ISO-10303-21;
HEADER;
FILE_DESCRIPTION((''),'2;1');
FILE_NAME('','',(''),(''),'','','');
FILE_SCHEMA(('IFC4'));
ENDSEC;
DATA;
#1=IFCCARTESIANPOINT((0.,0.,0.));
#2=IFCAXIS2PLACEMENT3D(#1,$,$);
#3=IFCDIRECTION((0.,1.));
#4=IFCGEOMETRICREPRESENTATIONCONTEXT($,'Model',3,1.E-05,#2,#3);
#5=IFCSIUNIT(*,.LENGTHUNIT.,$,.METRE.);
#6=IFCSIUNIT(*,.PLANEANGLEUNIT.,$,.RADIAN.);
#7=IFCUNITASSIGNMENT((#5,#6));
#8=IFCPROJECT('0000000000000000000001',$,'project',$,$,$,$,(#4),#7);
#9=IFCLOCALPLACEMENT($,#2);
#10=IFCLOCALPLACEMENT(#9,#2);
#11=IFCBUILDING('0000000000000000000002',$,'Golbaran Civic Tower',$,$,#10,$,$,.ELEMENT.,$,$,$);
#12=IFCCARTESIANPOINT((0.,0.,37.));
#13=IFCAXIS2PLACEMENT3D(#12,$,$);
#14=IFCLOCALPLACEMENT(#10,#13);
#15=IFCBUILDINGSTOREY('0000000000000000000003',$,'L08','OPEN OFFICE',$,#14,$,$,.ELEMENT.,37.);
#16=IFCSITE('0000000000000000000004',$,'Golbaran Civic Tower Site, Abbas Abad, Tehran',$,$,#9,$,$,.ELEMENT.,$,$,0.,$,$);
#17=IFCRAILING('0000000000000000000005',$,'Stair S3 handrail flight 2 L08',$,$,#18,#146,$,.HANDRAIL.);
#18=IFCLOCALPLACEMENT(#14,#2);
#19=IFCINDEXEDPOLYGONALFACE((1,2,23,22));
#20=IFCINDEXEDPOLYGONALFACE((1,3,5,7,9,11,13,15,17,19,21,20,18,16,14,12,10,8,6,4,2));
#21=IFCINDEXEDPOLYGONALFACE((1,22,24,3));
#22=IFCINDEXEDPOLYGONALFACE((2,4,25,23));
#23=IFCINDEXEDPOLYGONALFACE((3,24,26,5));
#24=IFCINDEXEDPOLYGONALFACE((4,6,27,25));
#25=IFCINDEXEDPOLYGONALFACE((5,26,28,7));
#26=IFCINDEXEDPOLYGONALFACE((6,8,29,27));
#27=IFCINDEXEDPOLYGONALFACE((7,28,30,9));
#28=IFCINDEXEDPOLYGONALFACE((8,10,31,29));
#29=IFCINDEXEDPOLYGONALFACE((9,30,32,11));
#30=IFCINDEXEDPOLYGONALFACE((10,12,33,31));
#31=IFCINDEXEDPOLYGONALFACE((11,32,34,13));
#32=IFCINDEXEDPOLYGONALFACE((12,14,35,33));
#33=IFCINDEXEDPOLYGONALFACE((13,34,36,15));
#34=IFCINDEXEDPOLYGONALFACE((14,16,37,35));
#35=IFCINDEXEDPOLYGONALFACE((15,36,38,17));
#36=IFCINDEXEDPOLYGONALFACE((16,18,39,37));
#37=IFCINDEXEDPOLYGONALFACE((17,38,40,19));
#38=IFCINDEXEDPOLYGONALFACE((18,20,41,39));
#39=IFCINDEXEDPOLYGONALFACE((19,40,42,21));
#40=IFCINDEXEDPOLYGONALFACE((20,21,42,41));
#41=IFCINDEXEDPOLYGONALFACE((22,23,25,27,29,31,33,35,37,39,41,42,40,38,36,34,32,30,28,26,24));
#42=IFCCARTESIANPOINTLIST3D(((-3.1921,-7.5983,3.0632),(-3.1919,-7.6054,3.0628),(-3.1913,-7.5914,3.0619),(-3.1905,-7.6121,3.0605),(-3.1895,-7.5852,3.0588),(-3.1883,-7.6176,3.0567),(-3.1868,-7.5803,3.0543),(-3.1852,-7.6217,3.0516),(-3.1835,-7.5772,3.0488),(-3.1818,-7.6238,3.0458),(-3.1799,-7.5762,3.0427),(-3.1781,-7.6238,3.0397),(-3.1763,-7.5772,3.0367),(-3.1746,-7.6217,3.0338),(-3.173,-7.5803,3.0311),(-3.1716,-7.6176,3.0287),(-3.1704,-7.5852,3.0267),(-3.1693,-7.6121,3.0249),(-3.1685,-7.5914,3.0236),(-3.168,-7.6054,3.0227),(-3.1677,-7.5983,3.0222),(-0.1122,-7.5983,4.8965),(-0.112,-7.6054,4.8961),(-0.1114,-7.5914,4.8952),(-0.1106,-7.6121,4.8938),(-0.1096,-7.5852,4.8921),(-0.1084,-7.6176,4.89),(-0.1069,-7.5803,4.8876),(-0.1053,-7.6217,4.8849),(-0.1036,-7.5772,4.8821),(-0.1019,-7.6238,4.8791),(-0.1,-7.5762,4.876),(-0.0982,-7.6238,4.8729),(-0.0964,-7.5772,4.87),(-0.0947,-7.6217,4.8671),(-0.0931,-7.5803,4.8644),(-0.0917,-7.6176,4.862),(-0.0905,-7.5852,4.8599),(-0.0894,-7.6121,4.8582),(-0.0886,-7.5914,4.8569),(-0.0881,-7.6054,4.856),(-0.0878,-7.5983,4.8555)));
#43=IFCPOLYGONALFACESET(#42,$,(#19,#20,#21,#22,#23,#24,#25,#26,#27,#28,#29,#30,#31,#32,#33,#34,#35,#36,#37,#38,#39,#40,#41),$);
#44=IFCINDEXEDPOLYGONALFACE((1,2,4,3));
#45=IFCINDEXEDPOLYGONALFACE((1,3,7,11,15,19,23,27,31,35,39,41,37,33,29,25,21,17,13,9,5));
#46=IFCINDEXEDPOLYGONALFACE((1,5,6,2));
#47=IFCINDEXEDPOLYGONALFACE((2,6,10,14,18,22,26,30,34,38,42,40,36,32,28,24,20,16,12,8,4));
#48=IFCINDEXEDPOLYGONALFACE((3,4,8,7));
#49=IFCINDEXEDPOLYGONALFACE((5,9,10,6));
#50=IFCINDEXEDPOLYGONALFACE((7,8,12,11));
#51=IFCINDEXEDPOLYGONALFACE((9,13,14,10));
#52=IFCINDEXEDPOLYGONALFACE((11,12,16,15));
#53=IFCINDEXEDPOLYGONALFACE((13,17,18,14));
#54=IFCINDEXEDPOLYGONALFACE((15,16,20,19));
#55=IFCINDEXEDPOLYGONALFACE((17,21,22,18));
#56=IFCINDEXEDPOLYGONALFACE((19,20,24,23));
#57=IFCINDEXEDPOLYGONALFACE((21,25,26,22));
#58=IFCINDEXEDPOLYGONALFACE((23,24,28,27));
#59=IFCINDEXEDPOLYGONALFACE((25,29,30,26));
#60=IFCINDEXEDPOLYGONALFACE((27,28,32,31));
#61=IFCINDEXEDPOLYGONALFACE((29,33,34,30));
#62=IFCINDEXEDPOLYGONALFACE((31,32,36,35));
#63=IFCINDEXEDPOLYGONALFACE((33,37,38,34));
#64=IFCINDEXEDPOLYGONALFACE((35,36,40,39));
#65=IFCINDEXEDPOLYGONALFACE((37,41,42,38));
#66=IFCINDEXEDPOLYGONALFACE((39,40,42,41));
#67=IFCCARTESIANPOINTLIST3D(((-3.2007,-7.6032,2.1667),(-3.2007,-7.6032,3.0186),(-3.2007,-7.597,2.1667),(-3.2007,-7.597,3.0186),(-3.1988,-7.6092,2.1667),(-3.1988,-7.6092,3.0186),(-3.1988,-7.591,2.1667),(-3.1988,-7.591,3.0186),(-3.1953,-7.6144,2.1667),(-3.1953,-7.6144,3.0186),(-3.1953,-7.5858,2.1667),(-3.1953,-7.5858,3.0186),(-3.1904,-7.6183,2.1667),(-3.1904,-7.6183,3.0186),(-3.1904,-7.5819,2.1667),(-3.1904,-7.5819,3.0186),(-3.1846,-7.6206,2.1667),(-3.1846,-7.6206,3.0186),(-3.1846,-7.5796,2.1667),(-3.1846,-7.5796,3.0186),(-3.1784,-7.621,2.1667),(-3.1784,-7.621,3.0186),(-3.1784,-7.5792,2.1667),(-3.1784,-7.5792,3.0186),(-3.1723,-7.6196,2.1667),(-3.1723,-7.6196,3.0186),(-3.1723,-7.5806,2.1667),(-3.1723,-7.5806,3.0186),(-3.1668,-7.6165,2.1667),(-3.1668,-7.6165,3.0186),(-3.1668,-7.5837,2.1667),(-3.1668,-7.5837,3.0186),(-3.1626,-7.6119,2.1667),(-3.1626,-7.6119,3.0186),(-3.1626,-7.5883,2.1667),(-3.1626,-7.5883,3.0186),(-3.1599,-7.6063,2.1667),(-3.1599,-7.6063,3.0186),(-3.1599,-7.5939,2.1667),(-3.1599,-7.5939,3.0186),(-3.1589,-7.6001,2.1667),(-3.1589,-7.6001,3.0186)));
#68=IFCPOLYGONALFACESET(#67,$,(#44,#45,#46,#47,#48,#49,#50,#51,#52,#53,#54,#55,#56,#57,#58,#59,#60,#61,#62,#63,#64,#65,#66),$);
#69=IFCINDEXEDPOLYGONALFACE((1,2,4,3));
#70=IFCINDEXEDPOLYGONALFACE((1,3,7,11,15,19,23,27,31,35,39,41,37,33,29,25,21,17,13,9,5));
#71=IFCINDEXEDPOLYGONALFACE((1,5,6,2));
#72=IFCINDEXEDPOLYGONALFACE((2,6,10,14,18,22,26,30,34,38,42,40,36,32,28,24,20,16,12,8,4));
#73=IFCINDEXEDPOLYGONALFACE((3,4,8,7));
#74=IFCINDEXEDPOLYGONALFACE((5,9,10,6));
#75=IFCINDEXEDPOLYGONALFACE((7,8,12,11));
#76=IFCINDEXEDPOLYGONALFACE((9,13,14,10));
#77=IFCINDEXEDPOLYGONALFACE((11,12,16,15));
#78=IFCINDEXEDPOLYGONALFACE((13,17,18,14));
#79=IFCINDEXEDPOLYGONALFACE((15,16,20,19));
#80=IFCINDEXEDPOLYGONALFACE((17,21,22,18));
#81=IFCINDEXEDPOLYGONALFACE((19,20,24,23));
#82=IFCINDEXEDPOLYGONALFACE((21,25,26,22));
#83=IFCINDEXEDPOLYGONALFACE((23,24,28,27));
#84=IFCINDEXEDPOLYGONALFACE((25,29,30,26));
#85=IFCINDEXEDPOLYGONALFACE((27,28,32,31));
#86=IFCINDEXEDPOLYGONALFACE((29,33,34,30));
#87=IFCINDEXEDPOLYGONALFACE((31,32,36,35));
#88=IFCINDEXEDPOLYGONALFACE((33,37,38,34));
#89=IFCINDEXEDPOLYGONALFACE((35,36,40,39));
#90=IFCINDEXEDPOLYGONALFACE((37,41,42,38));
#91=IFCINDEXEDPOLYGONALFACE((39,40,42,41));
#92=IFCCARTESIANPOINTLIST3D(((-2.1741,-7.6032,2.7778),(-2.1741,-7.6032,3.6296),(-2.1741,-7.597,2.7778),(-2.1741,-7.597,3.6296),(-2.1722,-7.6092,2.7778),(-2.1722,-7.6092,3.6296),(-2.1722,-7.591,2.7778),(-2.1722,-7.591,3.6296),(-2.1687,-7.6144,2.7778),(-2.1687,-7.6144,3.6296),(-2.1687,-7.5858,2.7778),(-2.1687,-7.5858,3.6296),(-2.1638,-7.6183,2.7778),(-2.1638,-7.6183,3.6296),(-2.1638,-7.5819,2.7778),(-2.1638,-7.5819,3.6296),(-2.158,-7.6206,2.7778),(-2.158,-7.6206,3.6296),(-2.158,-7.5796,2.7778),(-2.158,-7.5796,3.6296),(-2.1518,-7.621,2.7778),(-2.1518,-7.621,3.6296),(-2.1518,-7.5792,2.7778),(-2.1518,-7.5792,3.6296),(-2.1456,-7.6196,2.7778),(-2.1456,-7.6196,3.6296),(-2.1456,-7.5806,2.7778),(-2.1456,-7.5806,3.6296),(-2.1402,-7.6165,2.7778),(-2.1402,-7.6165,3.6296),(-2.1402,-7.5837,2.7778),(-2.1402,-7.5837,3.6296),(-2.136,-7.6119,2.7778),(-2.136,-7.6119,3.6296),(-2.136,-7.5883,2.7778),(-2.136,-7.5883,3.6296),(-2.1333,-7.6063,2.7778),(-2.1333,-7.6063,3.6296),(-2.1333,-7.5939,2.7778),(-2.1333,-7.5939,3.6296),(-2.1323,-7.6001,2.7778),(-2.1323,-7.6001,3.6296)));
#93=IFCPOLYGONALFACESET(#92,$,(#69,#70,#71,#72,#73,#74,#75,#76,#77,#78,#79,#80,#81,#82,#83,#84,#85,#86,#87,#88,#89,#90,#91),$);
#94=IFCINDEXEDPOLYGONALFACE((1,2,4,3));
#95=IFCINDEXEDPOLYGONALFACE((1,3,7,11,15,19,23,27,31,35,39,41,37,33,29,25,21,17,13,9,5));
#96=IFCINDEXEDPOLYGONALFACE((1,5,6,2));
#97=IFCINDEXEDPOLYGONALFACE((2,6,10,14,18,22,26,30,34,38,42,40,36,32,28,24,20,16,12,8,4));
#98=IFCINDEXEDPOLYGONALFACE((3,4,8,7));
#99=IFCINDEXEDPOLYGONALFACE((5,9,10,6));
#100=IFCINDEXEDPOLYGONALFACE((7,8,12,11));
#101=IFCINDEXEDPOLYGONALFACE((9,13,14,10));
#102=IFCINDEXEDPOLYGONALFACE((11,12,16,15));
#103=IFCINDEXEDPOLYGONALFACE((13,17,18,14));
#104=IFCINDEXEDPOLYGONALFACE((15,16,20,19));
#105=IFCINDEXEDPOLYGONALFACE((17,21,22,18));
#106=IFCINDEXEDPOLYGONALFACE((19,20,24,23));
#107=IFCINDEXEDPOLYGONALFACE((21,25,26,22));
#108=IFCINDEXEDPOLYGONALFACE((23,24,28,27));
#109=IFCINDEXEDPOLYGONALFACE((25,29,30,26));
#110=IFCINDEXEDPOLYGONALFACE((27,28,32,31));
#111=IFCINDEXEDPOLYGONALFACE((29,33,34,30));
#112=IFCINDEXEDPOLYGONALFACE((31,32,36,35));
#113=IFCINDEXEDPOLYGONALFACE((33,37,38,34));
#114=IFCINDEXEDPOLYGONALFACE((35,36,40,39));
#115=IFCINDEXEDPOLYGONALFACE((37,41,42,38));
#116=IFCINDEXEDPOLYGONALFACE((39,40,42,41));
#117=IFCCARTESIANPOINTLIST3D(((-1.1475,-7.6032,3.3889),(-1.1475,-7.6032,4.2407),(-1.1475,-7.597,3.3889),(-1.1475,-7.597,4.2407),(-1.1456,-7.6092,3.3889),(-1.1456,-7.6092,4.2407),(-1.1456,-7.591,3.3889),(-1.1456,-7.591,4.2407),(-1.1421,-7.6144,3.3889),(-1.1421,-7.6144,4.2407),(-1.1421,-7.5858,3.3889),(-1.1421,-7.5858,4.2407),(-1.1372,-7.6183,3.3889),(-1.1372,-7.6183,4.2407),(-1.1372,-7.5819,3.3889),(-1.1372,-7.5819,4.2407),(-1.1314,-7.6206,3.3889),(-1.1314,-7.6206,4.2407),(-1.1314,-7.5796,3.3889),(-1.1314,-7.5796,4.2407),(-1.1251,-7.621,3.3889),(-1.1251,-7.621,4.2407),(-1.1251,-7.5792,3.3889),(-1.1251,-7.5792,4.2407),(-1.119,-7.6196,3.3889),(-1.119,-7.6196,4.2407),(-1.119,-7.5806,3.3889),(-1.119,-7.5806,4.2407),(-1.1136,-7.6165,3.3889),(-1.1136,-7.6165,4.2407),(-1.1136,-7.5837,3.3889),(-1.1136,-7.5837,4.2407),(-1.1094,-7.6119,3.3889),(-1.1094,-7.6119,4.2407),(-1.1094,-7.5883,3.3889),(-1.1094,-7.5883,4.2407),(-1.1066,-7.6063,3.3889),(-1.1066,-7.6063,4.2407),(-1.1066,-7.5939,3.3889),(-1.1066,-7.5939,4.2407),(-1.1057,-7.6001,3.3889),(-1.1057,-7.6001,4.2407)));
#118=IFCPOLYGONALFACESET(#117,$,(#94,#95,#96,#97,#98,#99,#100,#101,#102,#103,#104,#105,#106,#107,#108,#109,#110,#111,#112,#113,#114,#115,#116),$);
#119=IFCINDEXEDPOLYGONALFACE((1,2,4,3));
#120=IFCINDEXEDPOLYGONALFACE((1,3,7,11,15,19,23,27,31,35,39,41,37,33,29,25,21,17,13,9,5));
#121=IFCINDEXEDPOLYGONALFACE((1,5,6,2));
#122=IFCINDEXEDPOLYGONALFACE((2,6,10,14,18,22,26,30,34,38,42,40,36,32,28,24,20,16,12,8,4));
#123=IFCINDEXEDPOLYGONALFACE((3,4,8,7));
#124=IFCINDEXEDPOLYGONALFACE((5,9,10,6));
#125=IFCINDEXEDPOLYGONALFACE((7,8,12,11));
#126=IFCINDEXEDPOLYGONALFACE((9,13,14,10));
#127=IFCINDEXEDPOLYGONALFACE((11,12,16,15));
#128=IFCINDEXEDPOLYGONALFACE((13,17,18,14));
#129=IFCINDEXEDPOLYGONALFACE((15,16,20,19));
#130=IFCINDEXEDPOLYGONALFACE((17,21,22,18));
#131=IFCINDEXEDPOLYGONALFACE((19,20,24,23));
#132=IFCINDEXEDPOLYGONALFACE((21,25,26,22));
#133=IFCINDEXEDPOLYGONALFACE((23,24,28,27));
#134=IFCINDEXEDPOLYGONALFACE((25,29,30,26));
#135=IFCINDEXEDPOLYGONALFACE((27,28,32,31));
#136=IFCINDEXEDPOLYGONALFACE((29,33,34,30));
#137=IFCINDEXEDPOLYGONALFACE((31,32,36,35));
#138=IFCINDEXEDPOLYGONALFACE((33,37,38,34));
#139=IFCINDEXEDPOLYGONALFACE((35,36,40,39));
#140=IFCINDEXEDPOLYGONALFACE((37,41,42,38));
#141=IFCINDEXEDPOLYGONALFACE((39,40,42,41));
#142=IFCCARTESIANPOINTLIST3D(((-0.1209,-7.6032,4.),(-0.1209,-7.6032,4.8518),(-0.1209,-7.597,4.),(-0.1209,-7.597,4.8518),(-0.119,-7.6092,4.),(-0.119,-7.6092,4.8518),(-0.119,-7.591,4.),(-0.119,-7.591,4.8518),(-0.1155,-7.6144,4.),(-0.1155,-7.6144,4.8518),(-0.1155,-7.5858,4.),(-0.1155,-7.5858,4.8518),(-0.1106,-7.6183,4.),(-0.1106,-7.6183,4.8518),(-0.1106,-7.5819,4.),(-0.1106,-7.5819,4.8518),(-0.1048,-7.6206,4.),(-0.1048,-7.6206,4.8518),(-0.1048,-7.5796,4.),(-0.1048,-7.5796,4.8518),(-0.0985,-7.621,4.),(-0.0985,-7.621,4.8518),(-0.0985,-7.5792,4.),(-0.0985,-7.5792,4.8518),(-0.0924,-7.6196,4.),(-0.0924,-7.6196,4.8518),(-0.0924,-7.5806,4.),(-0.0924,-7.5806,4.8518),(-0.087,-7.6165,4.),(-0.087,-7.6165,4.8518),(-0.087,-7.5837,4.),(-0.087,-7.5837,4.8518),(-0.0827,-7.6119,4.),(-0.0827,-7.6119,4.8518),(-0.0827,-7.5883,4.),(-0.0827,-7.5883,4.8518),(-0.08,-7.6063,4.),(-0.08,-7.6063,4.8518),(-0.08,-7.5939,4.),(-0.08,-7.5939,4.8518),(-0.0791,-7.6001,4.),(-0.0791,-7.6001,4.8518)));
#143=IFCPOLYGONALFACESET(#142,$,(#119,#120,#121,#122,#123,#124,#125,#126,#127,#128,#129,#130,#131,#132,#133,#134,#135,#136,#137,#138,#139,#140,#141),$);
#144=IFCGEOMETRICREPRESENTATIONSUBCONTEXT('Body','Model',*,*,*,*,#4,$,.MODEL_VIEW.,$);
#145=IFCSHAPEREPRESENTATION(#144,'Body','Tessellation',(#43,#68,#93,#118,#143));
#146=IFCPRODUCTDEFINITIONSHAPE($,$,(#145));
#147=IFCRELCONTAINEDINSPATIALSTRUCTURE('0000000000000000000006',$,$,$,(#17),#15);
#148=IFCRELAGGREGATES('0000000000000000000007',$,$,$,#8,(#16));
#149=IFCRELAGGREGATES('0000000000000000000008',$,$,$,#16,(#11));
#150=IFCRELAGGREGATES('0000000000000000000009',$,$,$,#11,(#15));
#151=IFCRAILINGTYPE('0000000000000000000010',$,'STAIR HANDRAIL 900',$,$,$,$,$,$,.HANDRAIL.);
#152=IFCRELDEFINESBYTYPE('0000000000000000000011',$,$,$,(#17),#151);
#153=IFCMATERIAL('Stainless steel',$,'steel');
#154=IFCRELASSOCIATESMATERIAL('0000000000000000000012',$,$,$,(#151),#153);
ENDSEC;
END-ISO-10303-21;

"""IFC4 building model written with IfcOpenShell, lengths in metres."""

from ifc_helpers import new_model, si_unit, direction, frame, origin, origin_2d, place, context, subcontext, project, spatial, circle, extrude, material, type_object, element, save


model = new_model("IFC4")

# Units and contexts
model_context = context("Model", 3, precision=1e-05, world=origin(), true_north=direction((0.0, 1.0)))
body_context = subcontext(model_context, "Body", "Model", "MODEL_VIEW")
ifc_project = project(units=[si_unit("LENGTHUNIT", "METRE"), si_unit("PLANEANGLEUNIT", "RADIAN")], contexts=[model_context])

# Site, building, storey
site_placement = place(None, origin())
site = spatial("IfcSite", under=ifc_project, at=site_placement, Name="Golbaran Civic Tower Site, Abbas Abad, Tehran", CompositionType="ELEMENT", RefElevation=0.0)
building_placement = place(site_placement, origin())
building = spatial("IfcBuilding", under=site, at=building_placement, Name="Golbaran Civic Tower", CompositionType="ELEMENT")
storey_placement = place(building_placement, frame((0.0, 0.0, 37.0)))
storey = spatial("IfcBuildingStorey", under=building, at=storey_placement, Name="L08", Description="OPEN OFFICE", CompositionType="ELEMENT", Elevation=37.0)

# Shared definitions
ifc_material_1 = material(Name="Stainless steel", Category="steel")

# Railing
railing_type = type_object("IfcRailingType", Name="STAIR HANDRAIL 900", PredefinedType="HANDRAIL", material=ifc_material_1)
railing_1_placement = place(storey_placement, frame((-3.1799, -7.6001, 2.1667)))
element("IfcRailing", 1, at=railing_1_placement, inside=storey, type_object=railing_type, Name="Stair S3 handrail flight 2 L08", PredefinedType="HANDRAIL", context=body_context, shape_type="SweptSolid", body=[
    extrude(circle(Radius=0.0239, at=origin_2d()), frame((0.0, 0.0, 0.876), z_axis=(0.859291, 0.0, 0.511487), x_axis=(0.0, 1.0, 0.0)), (0.0, 0.0, 1.0), 3.5842),
    extrude(circle(Radius=0.021, at=origin_2d()), origin(), (0.0, 0.0, 1.0), 0.8518),
    extrude(circle(Radius=0.021, at=origin_2d()), frame((1.0266, 0.0, 0.6111)), (0.0, 0.0, 1.0), 0.8518),
    extrude(circle(Radius=0.021, at=origin_2d()), frame((2.0532, 0.0, 1.2222)), (0.0, 0.0, 1.0), 0.8518),
    extrude(circle(Radius=0.021, at=origin_2d()), frame((3.0798, 0.0, 1.8333)), (0.0, 0.0, 1.0), 0.8518),
])

save(model, "model.ifc")
